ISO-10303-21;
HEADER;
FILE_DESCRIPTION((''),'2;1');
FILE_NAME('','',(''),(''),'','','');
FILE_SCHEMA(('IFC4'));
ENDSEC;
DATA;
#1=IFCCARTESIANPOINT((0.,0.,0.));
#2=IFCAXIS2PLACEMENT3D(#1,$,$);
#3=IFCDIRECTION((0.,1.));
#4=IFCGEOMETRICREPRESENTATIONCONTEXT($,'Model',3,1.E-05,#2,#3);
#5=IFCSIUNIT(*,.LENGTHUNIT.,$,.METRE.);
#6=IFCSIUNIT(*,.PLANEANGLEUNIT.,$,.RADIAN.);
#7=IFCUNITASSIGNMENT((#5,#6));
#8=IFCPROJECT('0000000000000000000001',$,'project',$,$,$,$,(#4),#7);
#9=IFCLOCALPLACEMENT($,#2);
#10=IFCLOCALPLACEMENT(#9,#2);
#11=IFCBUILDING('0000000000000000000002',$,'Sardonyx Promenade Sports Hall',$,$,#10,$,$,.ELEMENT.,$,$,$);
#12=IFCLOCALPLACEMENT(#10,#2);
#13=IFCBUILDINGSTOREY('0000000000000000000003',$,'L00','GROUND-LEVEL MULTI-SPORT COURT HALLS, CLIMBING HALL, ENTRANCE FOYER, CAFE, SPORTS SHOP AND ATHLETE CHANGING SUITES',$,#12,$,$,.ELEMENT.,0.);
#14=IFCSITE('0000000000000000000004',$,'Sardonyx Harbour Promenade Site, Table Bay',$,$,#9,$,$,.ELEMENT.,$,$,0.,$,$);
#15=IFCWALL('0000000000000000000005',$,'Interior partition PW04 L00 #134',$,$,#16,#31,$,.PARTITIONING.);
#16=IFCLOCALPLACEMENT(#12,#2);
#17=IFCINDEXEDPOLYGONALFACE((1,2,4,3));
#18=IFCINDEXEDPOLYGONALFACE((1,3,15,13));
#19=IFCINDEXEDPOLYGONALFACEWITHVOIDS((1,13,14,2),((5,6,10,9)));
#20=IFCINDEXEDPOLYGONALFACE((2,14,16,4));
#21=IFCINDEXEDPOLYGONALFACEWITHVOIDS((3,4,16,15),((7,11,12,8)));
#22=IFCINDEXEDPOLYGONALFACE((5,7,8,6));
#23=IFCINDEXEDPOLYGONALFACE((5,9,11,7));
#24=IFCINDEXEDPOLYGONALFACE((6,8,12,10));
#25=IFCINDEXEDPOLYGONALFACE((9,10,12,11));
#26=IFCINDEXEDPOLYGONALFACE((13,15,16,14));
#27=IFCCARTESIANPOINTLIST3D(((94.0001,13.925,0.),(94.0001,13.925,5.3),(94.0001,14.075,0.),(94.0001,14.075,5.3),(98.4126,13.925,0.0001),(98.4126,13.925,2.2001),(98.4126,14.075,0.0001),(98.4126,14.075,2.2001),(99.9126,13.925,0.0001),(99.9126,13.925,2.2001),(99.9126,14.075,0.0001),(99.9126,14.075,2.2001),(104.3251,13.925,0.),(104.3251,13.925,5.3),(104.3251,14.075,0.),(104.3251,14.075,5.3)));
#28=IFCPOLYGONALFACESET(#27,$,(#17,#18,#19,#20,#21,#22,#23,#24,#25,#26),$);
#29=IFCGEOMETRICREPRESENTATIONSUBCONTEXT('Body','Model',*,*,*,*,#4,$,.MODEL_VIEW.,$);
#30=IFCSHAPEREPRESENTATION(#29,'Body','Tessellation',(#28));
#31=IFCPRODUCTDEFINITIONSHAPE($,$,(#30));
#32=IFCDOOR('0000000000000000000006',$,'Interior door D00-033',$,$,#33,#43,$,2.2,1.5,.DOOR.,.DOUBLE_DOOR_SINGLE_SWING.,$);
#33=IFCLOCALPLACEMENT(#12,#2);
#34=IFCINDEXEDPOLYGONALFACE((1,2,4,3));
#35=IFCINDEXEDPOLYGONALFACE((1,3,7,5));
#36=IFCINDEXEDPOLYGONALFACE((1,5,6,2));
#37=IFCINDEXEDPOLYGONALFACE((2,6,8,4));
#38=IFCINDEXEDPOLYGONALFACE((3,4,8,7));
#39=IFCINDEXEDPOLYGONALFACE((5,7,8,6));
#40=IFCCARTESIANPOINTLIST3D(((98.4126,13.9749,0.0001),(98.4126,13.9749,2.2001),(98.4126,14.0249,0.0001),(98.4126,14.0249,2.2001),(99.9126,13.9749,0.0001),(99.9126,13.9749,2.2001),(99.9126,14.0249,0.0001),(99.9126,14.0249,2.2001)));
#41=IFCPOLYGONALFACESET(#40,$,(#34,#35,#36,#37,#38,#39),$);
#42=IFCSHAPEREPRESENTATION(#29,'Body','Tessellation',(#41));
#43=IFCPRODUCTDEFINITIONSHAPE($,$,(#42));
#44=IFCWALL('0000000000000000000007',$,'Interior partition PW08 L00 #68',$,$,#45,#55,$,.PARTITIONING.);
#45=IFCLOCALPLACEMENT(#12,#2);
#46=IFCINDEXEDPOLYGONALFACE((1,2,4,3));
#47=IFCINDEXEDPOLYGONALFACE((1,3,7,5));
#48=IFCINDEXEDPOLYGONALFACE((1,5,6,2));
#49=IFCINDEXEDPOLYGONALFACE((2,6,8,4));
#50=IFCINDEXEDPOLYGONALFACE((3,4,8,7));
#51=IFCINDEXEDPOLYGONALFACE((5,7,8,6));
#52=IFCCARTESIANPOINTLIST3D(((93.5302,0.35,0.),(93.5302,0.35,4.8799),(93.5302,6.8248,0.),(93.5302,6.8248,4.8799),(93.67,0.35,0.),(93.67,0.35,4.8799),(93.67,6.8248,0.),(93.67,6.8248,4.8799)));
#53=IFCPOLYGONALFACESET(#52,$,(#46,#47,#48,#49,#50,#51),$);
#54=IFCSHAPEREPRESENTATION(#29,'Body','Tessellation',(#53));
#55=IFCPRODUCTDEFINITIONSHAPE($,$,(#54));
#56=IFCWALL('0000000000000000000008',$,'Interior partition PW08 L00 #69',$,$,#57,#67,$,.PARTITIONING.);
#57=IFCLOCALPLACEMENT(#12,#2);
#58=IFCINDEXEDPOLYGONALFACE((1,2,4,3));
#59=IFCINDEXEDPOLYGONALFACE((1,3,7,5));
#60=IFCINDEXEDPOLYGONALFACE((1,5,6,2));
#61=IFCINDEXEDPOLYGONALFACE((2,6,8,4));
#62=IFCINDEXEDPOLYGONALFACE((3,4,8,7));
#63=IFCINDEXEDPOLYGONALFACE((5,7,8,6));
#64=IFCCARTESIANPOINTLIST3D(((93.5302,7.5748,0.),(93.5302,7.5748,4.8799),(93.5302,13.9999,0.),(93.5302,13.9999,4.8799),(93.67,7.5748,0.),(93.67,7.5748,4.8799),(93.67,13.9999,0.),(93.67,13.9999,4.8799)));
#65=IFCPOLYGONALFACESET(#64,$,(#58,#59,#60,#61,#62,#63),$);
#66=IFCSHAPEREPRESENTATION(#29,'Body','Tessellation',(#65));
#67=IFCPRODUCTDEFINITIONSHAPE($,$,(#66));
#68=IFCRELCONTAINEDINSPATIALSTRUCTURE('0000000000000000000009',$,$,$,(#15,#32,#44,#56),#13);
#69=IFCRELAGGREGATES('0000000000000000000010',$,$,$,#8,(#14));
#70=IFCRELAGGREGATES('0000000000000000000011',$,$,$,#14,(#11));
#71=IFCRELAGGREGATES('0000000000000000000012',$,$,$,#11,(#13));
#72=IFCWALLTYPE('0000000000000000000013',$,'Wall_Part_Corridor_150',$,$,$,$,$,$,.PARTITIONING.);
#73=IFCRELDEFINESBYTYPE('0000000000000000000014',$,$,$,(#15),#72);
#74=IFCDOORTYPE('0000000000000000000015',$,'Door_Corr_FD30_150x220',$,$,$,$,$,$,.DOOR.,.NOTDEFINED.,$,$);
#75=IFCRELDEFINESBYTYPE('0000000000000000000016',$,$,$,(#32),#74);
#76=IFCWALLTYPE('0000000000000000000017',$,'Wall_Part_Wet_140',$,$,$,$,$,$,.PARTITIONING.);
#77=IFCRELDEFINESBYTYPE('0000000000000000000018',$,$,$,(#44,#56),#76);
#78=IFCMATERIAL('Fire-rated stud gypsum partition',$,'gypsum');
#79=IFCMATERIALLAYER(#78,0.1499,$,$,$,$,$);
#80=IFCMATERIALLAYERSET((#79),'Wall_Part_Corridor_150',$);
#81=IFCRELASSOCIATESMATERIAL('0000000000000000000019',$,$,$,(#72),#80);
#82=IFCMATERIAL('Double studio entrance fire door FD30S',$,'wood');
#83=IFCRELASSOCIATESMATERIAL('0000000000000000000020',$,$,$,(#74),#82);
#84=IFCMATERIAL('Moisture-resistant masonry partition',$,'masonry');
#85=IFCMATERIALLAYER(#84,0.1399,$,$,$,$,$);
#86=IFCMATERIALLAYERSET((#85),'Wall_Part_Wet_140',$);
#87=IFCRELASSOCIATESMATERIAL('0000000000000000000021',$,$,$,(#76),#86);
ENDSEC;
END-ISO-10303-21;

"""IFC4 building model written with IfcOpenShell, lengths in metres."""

from ifc_helpers import new_model, si_unit, direction, frame, frame_2d, origin, place, context, subcontext, project, spatial, rectangle, extrude, material, layer, layer_set, type_object, element, fill, save


model = new_model("IFC4")

# Units and contexts
model_context = context("Model", 3, precision=1e-05, world=origin(), true_north=direction((0.0, 1.0)))
body_context = subcontext(model_context, "Body", "Model", "MODEL_VIEW")
ifc_project = project(units=[si_unit("LENGTHUNIT", "METRE"), si_unit("PLANEANGLEUNIT", "RADIAN")], contexts=[model_context])

# Site, building, storey
site_placement = place(None, origin())
site = spatial("IfcSite", under=ifc_project, at=site_placement, Name="Sardonyx Harbour Promenade Site, Table Bay", CompositionType="ELEMENT", RefElevation=0.0)
building_placement = place(site_placement, origin())
building = spatial("IfcBuilding", under=site, at=building_placement, Name="Sardonyx Promenade Sports Hall", CompositionType="ELEMENT")
storey_placement = place(building_placement, origin())
storey = spatial("IfcBuildingStorey", under=building, at=storey_placement, Name="L00", Description="GROUND-LEVEL MULTI-SPORT COURT HALLS, CLIMBING HALL, ENTRANCE FOYER, CAFE, SPORTS SHOP AND ATHLETE CHANGING SUITES", CompositionType="ELEMENT", Elevation=0.0)

# Wall, opening, door
ifc_material_1 = material(Name="Fire-rated stud gypsum partition", Category="gypsum")
ifc_layer_1 = layer(ifc_material_1, 0.1499)
ifc_layer_set_1 = layer_set([ifc_layer_1], Name="Wall_Part_Corridor_150")
wall_type_1 = type_object("IfcWallType", Name="Wall_Part_Corridor_150", PredefinedType="PARTITIONING", material=ifc_layer_set_1)
wall_1_placement = place(storey_placement, frame((94.0, 14.0, 0.0), z_axis=(0.0, 0.0, 1.0), x_axis=(1.0, 0.0, 0.0)))
wall_1 = element("IfcWall", 1, at=wall_1_placement, inside=storey, type_object=wall_type_1, Name="Interior partition PW04 L00 #134", PredefinedType="PARTITIONING", context=body_context, shape_type="SweptSolid", body=[
    extrude(rectangle(XDim=10.325, YDim=0.1499, at=frame_2d((5.1626, 0.0))), origin(), (0.0, 0.0, 1.0), 5.3),
])
opening_placement = place(wall_1_placement, frame((4.4126, 0.0, 0.0)))
opening = element("IfcOpeningElement", 2, at=opening_placement, cuts=wall_1, PredefinedType="OPENING", context=body_context, shape_type="SweptSolid", body=[
    extrude(rectangle(XDim=1.5, YDim=2.2, at=frame_2d((0.75, 1.1001))), frame((0.0, 0.085, 0.0), z_axis=(0.0, -1.0, 0.0), x_axis=(1.0, 0.0, 0.0)), (0.0, 0.0, 1.0), 0.17),
])
ifc_material_2 = material(Name="Double studio entrance fire door FD30S", Category="wood")
door_type = type_object("IfcDoorType", Name="Door_Corr_FD30_150x220", OperationType="NOTDEFINED", PredefinedType="DOOR", material=ifc_material_2)
door_placement = place(opening_placement, origin())
door = element("IfcDoor", 3, at=door_placement, inside=storey, type_object=door_type, Name="Interior door D00-033", OperationType="DOUBLE_DOOR_SINGLE_SWING", OverallHeight=2.2, OverallWidth=1.5, PredefinedType="DOOR", context=body_context, shape_type="SweptSolid", body=[
    extrude(rectangle(XDim=1.5, YDim=2.2, at=frame_2d((0.75, 1.1001))), frame((0.0, 0.0249, 0.0), z_axis=(0.0, -1.0, 0.0), x_axis=(1.0, 0.0, 0.0)), (0.0, 0.0, 1.0), 0.05),
])
fill(opening, door)

# Walls
ifc_material_3 = material(Name="Moisture-resistant masonry partition", Category="masonry")
ifc_layer_2 = layer(ifc_material_3, 0.1399)
ifc_layer_set_2 = layer_set([ifc_layer_2], Name="Wall_Part_Wet_140")
wall_type_2 = type_object("IfcWallType", Name="Wall_Part_Wet_140", PredefinedType="PARTITIONING", material=ifc_layer_set_2)
wall_2_placement = place(storey_placement, frame((93.6001, 0.3501, 0.0), z_axis=(0.0, 0.0, 1.0), x_axis=(0.0, 1.0, 0.0)))
element("IfcWall", 4, at=wall_2_placement, inside=storey, type_object=wall_type_2, Name="Interior partition PW08 L00 #68", PredefinedType="PARTITIONING", context=body_context, shape_type="SweptSolid", body=[
    extrude(rectangle(XDim=6.4749, YDim=0.1399, at=frame_2d((3.2373, 0.0))), origin(), (0.0, 0.0, 1.0), 4.8799),
])
wall_3_placement = place(storey_placement, frame((93.6001, 7.575, 0.0), z_axis=(0.0, 0.0, 1.0), x_axis=(0.0, 1.0, 0.0)))
element("IfcWall", 5, at=wall_3_placement, inside=storey, type_object=wall_type_2, Name="Interior partition PW08 L00 #69", PredefinedType="PARTITIONING", context=body_context, shape_type="SweptSolid", body=[
    extrude(rectangle(XDim=6.425, YDim=0.1399, at=frame_2d((3.2124, 0.0))), origin(), (0.0, 0.0, 1.0), 4.8799),
])

save(model, "model.ifc")
